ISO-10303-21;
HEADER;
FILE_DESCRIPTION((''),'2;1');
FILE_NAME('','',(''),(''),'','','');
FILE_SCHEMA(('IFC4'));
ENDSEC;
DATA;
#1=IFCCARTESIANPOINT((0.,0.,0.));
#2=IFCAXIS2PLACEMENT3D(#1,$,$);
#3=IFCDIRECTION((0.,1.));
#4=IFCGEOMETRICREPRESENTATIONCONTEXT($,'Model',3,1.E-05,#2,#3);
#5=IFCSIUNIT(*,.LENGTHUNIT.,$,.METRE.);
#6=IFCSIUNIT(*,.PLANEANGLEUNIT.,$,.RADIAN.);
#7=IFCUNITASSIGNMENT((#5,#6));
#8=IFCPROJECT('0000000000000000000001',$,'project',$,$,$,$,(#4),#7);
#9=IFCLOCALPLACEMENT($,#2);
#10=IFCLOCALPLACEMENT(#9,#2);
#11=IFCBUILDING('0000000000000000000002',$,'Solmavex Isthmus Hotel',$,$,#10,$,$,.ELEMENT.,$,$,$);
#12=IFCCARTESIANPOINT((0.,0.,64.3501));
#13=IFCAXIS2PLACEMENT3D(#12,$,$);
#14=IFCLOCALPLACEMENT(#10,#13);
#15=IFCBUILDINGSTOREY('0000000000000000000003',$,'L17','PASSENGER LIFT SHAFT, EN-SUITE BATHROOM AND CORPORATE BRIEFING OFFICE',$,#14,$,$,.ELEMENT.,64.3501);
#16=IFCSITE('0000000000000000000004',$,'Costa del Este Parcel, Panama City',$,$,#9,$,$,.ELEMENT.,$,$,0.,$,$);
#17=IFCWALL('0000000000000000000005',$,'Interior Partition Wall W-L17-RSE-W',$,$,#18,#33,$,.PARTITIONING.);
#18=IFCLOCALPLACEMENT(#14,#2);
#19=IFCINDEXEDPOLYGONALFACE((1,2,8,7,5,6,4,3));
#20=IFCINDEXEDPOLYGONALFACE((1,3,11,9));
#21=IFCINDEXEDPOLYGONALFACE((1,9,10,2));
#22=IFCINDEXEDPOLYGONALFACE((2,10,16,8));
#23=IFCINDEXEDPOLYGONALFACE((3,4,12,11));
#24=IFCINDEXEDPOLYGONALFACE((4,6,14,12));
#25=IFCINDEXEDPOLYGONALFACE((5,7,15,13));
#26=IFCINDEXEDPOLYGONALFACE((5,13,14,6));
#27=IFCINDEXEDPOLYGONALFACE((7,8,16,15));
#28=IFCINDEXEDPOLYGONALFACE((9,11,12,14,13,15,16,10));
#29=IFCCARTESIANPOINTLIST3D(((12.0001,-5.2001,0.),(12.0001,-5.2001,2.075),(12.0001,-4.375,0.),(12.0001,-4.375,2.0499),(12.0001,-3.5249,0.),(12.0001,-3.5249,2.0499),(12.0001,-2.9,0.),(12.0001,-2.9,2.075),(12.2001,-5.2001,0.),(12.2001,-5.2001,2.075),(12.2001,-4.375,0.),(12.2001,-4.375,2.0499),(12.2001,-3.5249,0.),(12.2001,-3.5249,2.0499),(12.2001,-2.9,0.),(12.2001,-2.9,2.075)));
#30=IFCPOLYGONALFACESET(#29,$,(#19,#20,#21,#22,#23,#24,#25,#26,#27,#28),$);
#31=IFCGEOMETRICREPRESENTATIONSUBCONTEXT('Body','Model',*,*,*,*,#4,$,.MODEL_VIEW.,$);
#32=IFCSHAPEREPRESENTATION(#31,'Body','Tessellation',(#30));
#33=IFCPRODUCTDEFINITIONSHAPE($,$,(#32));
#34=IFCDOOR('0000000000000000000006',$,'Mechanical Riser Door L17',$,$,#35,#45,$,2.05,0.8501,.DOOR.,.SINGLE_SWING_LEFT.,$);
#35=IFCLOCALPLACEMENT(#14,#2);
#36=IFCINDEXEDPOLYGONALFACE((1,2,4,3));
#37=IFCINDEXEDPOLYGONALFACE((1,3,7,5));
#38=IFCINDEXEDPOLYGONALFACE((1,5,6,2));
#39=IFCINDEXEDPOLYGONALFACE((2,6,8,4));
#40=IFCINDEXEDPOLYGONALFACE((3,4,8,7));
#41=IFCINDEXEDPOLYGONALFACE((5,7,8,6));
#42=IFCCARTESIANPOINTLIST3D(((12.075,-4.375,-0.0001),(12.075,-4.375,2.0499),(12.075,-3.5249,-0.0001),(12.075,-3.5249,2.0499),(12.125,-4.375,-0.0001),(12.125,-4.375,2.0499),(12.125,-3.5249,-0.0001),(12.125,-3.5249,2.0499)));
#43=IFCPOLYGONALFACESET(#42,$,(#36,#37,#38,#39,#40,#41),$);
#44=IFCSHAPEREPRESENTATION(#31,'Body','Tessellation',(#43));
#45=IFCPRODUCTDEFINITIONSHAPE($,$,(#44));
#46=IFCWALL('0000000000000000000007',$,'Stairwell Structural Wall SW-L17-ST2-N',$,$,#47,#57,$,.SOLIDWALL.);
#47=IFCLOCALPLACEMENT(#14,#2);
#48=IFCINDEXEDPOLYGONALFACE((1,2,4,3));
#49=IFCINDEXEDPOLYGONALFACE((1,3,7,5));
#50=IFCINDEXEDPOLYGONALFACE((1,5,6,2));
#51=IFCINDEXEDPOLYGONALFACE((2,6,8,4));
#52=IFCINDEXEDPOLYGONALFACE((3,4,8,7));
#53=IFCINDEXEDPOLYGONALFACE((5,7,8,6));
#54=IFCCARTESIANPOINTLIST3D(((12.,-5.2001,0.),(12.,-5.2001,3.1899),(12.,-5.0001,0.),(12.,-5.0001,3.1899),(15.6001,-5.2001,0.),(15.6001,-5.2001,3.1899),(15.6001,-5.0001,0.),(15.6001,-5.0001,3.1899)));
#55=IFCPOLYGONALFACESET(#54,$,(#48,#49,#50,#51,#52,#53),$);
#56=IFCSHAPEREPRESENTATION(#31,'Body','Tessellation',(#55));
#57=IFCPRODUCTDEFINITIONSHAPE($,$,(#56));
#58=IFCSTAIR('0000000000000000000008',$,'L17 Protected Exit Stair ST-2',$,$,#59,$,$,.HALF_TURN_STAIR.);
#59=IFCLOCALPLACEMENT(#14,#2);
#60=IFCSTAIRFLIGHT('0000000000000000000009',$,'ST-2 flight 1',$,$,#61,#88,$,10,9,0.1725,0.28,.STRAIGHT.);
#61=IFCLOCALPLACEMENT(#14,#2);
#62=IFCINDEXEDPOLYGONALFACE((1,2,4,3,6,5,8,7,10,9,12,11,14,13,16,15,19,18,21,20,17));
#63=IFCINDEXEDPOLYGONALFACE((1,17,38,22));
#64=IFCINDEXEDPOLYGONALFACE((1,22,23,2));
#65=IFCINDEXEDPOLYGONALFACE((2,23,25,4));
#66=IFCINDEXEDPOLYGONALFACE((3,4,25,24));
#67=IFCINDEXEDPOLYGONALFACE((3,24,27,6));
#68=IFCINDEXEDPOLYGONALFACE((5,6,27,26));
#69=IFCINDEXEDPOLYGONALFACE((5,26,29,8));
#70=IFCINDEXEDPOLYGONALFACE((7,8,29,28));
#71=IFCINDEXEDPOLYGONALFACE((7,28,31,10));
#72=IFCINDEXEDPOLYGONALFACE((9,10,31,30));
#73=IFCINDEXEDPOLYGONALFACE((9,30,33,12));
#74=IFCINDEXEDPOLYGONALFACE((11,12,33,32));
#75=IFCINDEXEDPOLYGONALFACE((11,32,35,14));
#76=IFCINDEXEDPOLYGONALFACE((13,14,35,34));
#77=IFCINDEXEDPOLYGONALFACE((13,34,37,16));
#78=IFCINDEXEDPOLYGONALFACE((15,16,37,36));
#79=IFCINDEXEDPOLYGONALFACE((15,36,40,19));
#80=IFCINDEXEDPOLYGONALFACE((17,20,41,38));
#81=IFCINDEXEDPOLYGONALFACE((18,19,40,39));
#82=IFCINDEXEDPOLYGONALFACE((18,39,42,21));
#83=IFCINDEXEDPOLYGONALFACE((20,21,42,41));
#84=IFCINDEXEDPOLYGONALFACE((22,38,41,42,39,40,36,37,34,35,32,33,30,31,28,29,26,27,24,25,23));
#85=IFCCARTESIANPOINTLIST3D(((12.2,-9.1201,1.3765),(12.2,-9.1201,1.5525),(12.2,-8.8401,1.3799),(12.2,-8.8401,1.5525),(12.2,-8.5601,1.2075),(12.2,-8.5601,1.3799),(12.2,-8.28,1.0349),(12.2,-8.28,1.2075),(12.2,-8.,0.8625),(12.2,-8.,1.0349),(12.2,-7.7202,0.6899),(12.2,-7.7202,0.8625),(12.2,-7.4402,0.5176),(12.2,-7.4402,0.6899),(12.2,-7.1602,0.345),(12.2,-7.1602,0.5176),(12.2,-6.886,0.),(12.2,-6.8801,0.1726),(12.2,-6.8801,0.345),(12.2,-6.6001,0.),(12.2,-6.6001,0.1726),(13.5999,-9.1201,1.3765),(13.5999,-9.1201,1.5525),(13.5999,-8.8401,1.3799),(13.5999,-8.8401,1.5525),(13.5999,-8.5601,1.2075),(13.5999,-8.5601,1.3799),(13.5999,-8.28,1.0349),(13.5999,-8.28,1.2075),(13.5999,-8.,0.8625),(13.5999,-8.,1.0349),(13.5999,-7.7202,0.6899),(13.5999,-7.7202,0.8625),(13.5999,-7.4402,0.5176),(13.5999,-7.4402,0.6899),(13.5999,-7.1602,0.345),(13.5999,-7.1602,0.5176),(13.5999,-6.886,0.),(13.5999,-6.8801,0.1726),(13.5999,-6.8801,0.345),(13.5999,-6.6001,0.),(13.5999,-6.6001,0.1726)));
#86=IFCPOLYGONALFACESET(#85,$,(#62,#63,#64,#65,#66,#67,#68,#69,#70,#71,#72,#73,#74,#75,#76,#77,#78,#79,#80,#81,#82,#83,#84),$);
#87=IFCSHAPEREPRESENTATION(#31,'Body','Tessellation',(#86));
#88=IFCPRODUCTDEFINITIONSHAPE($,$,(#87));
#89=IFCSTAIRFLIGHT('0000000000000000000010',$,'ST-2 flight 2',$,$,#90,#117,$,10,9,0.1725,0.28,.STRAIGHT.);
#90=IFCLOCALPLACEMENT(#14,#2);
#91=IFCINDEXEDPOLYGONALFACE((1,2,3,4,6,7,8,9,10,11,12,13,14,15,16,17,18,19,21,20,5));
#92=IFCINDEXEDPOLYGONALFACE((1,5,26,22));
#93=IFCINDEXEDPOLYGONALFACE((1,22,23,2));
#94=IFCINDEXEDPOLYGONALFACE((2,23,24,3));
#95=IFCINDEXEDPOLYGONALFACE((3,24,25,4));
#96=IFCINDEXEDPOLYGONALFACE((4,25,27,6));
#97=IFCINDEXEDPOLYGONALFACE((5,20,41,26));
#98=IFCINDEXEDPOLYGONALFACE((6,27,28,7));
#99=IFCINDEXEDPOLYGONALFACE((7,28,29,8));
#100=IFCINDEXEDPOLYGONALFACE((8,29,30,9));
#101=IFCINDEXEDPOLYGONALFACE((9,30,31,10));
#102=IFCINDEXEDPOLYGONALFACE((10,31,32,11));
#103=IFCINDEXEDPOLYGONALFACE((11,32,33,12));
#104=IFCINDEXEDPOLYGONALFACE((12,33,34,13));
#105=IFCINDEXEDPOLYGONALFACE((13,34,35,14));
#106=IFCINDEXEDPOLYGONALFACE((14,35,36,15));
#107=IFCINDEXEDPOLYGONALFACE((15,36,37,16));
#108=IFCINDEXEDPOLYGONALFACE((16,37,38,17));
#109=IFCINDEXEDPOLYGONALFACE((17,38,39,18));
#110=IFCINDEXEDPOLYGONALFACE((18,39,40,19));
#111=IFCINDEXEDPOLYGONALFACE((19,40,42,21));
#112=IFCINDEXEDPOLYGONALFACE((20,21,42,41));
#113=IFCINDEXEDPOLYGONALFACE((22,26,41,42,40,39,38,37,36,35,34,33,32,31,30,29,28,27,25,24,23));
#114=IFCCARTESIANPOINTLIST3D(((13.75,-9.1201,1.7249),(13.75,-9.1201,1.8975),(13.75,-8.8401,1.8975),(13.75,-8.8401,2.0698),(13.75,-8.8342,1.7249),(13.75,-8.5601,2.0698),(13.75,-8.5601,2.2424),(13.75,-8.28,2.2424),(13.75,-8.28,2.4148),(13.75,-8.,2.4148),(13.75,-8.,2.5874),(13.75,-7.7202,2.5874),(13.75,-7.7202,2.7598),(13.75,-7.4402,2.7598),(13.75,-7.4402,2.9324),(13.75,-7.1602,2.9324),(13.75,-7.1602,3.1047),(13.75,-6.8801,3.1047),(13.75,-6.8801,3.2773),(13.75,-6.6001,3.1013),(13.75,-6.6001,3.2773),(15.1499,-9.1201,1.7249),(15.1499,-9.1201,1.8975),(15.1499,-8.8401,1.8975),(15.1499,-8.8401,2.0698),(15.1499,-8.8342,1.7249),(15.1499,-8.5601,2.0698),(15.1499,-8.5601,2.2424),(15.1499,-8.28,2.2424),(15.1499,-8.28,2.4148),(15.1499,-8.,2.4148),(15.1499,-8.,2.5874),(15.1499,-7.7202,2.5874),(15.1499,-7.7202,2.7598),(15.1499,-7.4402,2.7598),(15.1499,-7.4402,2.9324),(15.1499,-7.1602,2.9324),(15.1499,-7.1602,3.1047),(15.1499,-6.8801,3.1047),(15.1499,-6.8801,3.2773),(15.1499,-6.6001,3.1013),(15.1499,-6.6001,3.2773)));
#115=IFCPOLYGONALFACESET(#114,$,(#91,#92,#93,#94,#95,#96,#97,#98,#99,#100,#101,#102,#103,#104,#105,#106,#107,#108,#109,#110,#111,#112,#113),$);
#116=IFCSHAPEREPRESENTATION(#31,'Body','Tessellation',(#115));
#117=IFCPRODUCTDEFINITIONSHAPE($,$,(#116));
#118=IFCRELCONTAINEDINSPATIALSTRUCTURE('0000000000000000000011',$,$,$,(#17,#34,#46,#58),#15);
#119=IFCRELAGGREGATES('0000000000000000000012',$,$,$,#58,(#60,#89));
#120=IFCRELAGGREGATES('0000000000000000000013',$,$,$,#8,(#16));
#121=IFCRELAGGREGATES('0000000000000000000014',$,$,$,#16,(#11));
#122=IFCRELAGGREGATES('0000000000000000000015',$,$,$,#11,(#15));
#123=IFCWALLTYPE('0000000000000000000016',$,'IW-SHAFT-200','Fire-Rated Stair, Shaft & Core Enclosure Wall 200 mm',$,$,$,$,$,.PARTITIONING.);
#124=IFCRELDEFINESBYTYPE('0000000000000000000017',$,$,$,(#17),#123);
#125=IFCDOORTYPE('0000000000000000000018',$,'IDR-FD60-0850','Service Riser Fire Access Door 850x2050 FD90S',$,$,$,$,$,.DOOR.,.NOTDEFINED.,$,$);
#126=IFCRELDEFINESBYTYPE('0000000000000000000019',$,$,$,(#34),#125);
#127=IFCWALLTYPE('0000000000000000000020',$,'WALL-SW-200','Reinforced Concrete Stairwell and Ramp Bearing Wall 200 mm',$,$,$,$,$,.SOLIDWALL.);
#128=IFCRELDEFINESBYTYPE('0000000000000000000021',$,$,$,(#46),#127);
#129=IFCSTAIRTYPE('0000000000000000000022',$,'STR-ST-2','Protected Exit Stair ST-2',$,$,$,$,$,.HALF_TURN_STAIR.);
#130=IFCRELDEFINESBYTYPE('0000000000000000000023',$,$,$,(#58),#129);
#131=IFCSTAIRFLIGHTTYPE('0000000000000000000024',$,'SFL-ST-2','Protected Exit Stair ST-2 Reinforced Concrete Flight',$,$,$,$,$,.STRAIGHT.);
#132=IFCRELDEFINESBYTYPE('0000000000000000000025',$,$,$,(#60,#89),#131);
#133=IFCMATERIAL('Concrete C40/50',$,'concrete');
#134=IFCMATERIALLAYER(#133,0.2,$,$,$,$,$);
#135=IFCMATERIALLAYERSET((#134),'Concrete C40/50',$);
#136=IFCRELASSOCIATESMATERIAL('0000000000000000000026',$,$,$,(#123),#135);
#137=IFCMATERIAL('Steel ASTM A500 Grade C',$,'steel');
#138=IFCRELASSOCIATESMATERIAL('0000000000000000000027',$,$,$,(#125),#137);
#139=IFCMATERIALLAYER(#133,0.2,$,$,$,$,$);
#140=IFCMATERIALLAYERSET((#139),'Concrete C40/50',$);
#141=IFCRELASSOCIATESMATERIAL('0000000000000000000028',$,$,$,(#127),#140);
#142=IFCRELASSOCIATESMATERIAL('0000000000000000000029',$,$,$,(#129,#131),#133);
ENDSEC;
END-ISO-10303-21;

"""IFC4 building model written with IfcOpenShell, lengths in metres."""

from ifc_helpers import new_model, si_unit, direction, frame, frame_2d, origin, place, context, subcontext, project, spatial, polyline, rectangle, outline, extrude, material, layer, layer_set, type_object, element, fill, aggregate, save


model = new_model("IFC4")

# Units and contexts
model_context = context("Model", 3, precision=1e-05, world=origin(), true_north=direction((0.0, 1.0)))
body_context = subcontext(model_context, "Body", "Model", "MODEL_VIEW")
ifc_project = project(units=[si_unit("LENGTHUNIT", "METRE"), si_unit("PLANEANGLEUNIT", "RADIAN")], contexts=[model_context])

# Site, building, storey
site_placement = place(None, origin())
site = spatial("IfcSite", under=ifc_project, at=site_placement, Name="Costa del Este Parcel, Panama City", CompositionType="ELEMENT", RefElevation=0.0)
building_placement = place(site_placement, origin())
building = spatial("IfcBuilding", under=site, at=building_placement, Name="Solmavex Isthmus Hotel", CompositionType="ELEMENT")
storey_placement = place(building_placement, frame((0.0, 0.0, 64.3501)))
storey = spatial("IfcBuildingStorey", under=building, at=storey_placement, Name="L17", Description="PASSENGER LIFT SHAFT, EN-SUITE BATHROOM AND CORPORATE BRIEFING OFFICE", CompositionType="ELEMENT", Elevation=64.3501)

# Wall, opening, door
ifc_material_1 = material(Name="Concrete C40/50", Category="concrete")
ifc_layer_1 = layer(ifc_material_1, 0.2)
ifc_layer_set_1 = layer_set([ifc_layer_1], Name="Concrete C40/50")
wall_type_1 = type_object("IfcWallType", Name="IW-SHAFT-200", Description="Fire-Rated Stair, Shaft & Core Enclosure Wall 200 mm", PredefinedType="PARTITIONING", material=ifc_layer_set_1)
wall_1_placement = place(storey_placement, frame((12.1001, -5.2, 0.0), z_axis=(0.0, 0.0, 1.0), x_axis=(0.0, 1.0, 0.0)))
wall_1 = element("IfcWall", 1, at=wall_1_placement, inside=storey, type_object=wall_type_1, Name="Interior Partition Wall W-L17-RSE-W", PredefinedType="PARTITIONING", context=body_context, shape_type="SweptSolid", body=[
    extrude(rectangle(XDim=2.3, YDim=0.2, at=frame_2d((1.1499, 0.0))), origin(), (0.0, 0.0, 1.0), 2.075),
])
opening_1_placement = place(wall_1_placement, frame((0.825, 0.0, 0.0)))
opening_1 = element("IfcOpeningElement", 2, at=opening_1_placement, cuts=wall_1, PredefinedType="OPENING", context=body_context, shape_type="SweptSolid", body=[
    extrude(rectangle(XDim=0.8501, YDim=2.05, at=frame_2d((0.425, 1.0249))), frame((0.0, 0.1099, 0.0), z_axis=(0.0, -1.0, 0.0), x_axis=(1.0, 0.0, 0.0)), (0.0, 0.0, 1.0), 0.22),
])
ifc_material_2 = material(Name="Steel ASTM A500 Grade C", Category="steel")
door_type_1 = type_object("IfcDoorType", Name="IDR-FD60-0850", Description="Service Riser Fire Access Door 850x2050 FD90S", OperationType="NOTDEFINED", PredefinedType="DOOR", material=ifc_material_2)
door_1_placement = place(opening_1_placement, frame((0.8501, 0.0, 0.0), z_axis=(0.0, 0.0, 1.0), x_axis=(-1.0, 0.0, 0.0)))
door_1 = element("IfcDoor", 3, at=door_1_placement, inside=storey, type_object=door_type_1, Name="Mechanical Riser Door L17", OperationType="SINGLE_SWING_LEFT", OverallHeight=2.05, OverallWidth=0.8501, PredefinedType="DOOR", context=body_context, shape_type="SweptSolid", body=[
    extrude(rectangle(XDim=0.8501, YDim=2.05, at=frame_2d((0.425, 1.0249))), frame((0.0, 0.0249, 0.0), z_axis=(0.0, -1.0, 0.0), x_axis=(1.0, 0.0, 0.0)), (0.0, 0.0, 1.0), 0.05),
])
fill(opening_1, door_1)

# Wall
ifc_layer_2 = layer(ifc_material_1, 0.2)
ifc_layer_set_2 = layer_set([ifc_layer_2], Name="Concrete C40/50")
wall_type_2 = type_object("IfcWallType", Name="WALL-SW-200", Description="Reinforced Concrete Stairwell and Ramp Bearing Wall 200 mm", PredefinedType="SOLIDWALL", material=ifc_layer_set_2)
wall_2_placement = place(storey_placement, frame((12.0, -5.1001, 0.0), z_axis=(0.0, 0.0, 1.0), x_axis=(1.0, 0.0, 0.0)))
element("IfcWall", 4, at=wall_2_placement, inside=storey, type_object=wall_type_2, Name="Stairwell Structural Wall SW-L17-ST2-N", PredefinedType="SOLIDWALL", context=body_context, shape_type="SweptSolid", body=[
    extrude(rectangle(XDim=3.6001, YDim=0.2, at=frame_2d((1.8, 0.0))), origin(), (0.0, 0.0, 1.0), 3.1899),
])

# Stair, stair flights
stair_type = type_object("IfcStairType", Name="STR-ST-2", Description="Protected Exit Stair ST-2", PredefinedType="HALF_TURN_STAIR", material=ifc_material_1)
stair_placement = place(storey_placement, origin())
stair = element("IfcStair", 5, at=stair_placement, inside=storey, type_object=stair_type, Name="L17 Protected Exit Stair ST-2", PredefinedType="HALF_TURN_STAIR")
stair_flight_type = type_object("IfcStairFlightType", Name="SFL-ST-2", Description="Protected Exit Stair ST-2 Reinforced Concrete Flight", PredefinedType="STRAIGHT", material=ifc_material_1)
stair_flight_1_placement = place(storey_placement, frame((12.8999, -6.6001, 0.0), z_axis=(0.0, 0.0, 1.0), x_axis=(0.0, -1.0, 0.0)))
stair_flight_1 = element("IfcStairFlight", 6, at=stair_flight_1_placement, type_object=stair_flight_type, Name="ST-2 flight 1", NumberOfRisers=10, NumberOfTreads=9, PredefinedType="STRAIGHT", RiserHeight=0.1725, TreadLength=0.28, context=body_context, shape_type="SweptSolid", body=[
    extrude(outline(polyline([(0.0, 0.0), (0.0, 0.1726), (0.28, 0.1726), (0.28, 0.345), (0.5601, 0.345), (0.5601, 0.5176), (0.8401, 0.5176), (0.8401, 0.6899), (1.1201, 0.6899), (1.1201, 0.8625), (1.3999, 0.8625), (1.3999, 1.0349), (1.6799, 1.0349), (1.6799, 1.2075), (1.96, 1.2075), (1.96, 1.3799), (2.24, 1.3799), (2.24, 1.5525), (2.52, 1.5525), (2.52, 1.7251), (2.52, 1.3765), (0.2859, 0.0), (0.0, 0.0)])), frame((0.0, 0.7, 0.0), z_axis=(0.0, -1.0, 0.0), x_axis=(1.0, 0.0, 0.0)), (0.0, 0.0, 1.0), 1.3999),
])
stair_flight_2_placement = place(storey_placement, frame((14.45, -9.1201, 1.7249), z_axis=(0.0, 0.0, 1.0), x_axis=(0.0, 1.0, 0.0)))
stair_flight_2 = element("IfcStairFlight", 7, at=stair_flight_2_placement, type_object=stair_flight_type, Name="ST-2 flight 2", NumberOfRisers=10, NumberOfTreads=9, PredefinedType="STRAIGHT", RiserHeight=0.1725, TreadLength=0.28, context=body_context, shape_type="SweptSolid", body=[
    extrude(outline(polyline([(0.0, 0.0), (0.0, 0.1726), (0.28, 0.1726), (0.28, 0.345), (0.5601, 0.345), (0.5601, 0.5176), (0.8401, 0.5176), (0.8401, 0.6899), (1.1201, 0.6899), (1.1201, 0.8625), (1.3999, 0.8625), (1.3999, 1.0349), (1.6799, 1.0349), (1.6799, 1.2075), (1.96, 1.2075), (1.96, 1.3799), (2.24, 1.3799), (2.24, 1.5525), (2.52, 1.5525), (2.52, 1.7251), (2.52, 1.3765), (0.2859, 0.0), (0.0, 0.0)])), frame((0.0, 0.7, 0.0), z_axis=(0.0, -1.0, 0.0), x_axis=(1.0, 0.0, 0.0)), (0.0, 0.0, 1.0), 1.3999),
])
aggregate(stair, [stair_flight_1, stair_flight_2])

save(model, "model.ifc")
